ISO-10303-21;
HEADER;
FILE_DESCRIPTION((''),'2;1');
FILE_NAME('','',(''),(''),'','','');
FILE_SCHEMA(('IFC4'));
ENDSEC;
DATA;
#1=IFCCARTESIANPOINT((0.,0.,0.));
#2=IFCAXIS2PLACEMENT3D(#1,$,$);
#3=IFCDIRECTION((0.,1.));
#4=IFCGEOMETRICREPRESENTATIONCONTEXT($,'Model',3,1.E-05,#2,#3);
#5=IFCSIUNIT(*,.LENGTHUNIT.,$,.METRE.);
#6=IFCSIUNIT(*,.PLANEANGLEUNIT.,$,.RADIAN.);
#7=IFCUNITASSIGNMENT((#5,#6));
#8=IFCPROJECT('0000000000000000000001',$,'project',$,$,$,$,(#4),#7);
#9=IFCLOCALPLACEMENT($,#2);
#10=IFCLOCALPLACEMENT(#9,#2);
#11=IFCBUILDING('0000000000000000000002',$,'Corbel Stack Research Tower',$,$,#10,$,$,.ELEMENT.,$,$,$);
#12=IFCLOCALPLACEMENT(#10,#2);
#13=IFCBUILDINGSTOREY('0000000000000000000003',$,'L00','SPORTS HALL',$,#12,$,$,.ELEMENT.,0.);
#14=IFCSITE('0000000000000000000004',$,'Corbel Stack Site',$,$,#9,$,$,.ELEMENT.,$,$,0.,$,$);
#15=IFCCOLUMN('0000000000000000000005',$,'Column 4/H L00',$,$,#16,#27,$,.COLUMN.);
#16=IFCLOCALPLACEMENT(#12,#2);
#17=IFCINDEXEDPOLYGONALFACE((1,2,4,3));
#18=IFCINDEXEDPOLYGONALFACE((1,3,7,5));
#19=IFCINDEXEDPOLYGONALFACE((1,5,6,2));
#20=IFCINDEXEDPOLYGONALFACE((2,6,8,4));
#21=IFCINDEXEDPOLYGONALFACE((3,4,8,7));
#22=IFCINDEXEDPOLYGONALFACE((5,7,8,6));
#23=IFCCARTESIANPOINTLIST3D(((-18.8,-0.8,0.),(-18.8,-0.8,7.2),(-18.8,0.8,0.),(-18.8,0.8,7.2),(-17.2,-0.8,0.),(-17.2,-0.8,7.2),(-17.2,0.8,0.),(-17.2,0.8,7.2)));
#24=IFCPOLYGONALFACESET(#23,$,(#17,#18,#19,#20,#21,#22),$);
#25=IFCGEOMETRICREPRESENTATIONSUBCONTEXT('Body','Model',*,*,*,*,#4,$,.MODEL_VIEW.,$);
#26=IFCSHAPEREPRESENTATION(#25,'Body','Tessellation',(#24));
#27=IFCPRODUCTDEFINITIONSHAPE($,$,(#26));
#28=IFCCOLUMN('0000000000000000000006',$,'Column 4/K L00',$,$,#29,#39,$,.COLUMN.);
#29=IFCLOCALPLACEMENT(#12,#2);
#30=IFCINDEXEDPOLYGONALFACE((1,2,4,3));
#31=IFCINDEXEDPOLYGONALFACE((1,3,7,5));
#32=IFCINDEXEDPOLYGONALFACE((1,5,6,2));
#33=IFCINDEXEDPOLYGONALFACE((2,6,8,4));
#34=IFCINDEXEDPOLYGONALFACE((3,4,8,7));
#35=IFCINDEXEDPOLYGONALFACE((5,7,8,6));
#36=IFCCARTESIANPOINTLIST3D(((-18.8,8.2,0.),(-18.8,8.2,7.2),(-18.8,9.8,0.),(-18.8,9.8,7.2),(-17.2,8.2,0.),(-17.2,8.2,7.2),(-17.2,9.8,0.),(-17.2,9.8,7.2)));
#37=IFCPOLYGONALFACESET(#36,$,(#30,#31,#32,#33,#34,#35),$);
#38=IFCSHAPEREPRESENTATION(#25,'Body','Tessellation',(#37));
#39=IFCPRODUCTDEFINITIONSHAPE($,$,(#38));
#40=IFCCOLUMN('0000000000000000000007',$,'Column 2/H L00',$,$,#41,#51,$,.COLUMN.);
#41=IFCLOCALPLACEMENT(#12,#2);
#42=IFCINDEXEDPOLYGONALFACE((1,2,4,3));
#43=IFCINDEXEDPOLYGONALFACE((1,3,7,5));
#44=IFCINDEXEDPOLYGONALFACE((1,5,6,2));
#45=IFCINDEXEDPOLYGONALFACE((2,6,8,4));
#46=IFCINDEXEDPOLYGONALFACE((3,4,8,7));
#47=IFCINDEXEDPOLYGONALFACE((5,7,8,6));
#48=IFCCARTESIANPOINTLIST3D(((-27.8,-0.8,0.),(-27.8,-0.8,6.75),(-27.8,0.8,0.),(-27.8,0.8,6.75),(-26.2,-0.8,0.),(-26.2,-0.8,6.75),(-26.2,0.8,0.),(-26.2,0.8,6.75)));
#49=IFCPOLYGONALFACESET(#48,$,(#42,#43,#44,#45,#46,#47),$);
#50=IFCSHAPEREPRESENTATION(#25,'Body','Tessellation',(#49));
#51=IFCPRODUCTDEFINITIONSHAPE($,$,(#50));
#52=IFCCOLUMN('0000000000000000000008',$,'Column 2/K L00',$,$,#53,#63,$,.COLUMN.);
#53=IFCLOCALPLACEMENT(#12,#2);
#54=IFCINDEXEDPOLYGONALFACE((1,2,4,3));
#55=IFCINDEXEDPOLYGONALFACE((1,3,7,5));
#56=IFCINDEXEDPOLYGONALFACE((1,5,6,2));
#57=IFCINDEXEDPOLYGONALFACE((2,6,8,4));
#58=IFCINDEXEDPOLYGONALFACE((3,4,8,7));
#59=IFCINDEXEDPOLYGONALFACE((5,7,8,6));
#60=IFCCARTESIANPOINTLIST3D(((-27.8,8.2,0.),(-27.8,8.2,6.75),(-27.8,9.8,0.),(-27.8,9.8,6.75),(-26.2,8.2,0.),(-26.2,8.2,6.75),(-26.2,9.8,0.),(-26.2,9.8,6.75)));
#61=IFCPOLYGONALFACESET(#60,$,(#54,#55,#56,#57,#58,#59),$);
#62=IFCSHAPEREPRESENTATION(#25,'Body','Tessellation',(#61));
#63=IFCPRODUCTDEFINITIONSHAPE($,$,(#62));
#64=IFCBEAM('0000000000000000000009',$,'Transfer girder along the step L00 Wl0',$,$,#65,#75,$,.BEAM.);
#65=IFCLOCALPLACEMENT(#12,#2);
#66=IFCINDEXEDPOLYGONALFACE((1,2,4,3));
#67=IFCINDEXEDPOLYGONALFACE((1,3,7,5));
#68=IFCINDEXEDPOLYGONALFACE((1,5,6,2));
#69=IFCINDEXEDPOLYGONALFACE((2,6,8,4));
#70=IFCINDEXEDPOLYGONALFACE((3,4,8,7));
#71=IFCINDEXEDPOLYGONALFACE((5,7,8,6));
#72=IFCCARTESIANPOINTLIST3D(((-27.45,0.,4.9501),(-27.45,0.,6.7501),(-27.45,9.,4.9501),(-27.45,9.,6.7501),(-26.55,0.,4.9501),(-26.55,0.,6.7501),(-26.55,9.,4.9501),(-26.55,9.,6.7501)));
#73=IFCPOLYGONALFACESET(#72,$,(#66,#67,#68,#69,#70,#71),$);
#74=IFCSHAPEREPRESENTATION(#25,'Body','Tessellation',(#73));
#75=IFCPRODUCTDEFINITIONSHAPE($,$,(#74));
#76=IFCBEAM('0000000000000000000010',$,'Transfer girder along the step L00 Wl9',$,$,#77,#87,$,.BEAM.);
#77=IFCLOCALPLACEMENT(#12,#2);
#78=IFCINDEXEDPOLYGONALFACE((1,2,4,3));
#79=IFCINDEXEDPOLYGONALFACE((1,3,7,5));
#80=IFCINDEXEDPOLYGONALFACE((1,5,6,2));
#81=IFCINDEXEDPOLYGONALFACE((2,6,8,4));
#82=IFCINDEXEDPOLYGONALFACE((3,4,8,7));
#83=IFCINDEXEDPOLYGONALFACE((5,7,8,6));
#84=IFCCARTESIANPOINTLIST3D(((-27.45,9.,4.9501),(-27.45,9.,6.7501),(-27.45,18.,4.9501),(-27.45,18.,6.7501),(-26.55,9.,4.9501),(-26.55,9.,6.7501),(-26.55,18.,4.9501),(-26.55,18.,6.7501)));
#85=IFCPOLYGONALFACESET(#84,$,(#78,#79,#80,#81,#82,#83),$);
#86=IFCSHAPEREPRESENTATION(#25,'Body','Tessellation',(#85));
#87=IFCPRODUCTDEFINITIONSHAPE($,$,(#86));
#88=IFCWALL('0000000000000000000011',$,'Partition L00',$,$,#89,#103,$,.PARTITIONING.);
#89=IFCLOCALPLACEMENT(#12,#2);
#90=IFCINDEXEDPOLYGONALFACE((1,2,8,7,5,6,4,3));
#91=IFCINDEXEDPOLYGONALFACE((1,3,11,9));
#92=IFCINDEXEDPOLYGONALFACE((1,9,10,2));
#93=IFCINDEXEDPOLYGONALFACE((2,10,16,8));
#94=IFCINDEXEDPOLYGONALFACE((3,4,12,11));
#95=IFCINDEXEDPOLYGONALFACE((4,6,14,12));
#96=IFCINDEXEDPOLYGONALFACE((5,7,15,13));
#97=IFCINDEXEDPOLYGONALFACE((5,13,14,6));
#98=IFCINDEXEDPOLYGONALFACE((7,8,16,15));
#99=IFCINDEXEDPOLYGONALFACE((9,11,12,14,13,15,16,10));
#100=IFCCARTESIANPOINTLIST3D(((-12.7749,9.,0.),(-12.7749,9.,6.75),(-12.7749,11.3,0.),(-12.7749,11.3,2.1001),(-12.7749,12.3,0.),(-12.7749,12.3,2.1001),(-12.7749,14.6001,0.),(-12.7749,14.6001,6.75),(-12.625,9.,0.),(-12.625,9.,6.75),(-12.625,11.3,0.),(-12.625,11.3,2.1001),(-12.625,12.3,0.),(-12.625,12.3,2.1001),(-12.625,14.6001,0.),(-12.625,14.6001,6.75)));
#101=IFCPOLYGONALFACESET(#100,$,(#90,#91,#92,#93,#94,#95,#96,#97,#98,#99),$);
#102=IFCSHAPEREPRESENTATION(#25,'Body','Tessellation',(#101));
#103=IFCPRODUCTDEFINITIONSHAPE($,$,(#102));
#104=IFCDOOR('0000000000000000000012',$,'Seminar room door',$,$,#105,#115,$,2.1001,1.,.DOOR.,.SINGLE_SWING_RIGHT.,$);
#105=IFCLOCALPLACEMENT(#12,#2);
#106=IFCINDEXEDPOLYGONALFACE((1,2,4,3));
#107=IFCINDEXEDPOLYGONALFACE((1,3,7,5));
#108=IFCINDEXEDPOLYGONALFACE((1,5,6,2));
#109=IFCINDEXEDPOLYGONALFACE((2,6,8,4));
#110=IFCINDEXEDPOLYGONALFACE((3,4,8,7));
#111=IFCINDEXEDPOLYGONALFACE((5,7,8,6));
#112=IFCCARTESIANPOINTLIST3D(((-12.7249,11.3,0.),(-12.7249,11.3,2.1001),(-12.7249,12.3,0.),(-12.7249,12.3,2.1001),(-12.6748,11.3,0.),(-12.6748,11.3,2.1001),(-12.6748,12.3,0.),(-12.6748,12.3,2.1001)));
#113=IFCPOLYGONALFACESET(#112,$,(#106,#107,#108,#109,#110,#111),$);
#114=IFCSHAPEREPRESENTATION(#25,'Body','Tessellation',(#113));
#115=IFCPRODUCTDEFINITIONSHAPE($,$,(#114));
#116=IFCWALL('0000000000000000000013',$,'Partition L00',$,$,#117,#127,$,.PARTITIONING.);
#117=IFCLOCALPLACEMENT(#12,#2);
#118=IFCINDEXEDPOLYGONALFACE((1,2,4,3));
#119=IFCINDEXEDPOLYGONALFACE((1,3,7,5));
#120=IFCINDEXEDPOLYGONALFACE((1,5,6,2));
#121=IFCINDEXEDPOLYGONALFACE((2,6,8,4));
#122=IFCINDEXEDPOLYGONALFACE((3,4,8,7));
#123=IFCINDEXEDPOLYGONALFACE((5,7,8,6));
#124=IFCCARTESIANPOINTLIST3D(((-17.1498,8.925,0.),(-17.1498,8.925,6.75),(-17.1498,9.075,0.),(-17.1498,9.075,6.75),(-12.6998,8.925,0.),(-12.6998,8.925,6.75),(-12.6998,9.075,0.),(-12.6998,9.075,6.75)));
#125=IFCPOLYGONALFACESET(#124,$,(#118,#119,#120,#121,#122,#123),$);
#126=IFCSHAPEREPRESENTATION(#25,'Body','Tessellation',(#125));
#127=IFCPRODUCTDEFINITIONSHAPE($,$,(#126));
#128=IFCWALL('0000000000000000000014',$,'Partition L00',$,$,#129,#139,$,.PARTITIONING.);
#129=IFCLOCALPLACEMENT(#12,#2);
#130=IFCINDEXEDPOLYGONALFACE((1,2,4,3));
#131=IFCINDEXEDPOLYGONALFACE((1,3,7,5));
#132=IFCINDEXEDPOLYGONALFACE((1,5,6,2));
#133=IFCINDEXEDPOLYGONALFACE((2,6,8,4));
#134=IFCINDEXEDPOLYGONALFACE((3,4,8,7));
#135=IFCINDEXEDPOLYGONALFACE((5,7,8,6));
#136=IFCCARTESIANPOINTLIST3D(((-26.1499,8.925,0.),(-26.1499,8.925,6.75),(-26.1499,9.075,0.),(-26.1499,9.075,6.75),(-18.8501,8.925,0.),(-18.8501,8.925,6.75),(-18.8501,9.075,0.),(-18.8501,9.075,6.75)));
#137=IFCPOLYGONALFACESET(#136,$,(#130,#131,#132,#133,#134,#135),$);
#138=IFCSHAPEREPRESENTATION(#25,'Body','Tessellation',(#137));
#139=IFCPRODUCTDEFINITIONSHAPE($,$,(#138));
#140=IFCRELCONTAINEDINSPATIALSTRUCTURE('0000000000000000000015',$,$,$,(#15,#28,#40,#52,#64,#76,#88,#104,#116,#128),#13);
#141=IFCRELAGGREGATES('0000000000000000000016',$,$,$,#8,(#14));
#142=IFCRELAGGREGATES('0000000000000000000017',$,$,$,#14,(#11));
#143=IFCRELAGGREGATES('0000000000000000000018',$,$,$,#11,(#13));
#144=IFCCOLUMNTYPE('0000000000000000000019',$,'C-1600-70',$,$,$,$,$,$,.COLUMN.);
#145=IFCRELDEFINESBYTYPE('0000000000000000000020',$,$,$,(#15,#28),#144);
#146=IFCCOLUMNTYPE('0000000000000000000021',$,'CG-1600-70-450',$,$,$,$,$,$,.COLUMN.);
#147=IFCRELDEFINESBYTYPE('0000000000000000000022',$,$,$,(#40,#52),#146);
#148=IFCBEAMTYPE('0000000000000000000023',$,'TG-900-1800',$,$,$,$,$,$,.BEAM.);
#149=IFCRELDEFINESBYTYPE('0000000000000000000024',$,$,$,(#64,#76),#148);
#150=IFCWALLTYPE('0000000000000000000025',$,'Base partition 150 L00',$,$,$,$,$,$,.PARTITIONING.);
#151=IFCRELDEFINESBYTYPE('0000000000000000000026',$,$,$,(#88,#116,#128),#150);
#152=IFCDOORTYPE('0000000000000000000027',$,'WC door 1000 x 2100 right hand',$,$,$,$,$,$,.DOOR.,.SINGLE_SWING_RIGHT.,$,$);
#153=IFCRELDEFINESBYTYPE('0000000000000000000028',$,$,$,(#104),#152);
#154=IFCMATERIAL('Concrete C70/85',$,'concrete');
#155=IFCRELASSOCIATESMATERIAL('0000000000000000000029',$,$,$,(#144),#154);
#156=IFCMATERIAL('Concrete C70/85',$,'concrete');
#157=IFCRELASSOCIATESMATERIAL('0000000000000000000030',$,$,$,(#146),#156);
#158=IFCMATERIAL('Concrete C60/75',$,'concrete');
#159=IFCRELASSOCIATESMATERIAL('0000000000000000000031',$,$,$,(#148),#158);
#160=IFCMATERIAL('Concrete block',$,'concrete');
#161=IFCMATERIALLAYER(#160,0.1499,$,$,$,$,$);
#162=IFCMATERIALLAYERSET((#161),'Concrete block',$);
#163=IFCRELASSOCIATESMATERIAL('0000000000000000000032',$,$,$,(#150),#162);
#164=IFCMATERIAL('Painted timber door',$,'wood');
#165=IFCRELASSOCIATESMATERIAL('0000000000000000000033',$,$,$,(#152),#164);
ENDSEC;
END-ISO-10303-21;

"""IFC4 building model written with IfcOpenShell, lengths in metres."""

from ifc_helpers import new_model, si_unit, direction, frame, frame_2d, origin, origin_2d, place, context, subcontext, project, spatial, rectangle, extrude, material, layer, layer_set, material_profile, profile_set, type_object, element, fill, save


model = new_model("IFC4")

# Units and contexts
model_context = context("Model", 3, precision=1e-05, world=origin(), true_north=direction((0.0, 1.0)))
body_context = subcontext(model_context, "Body", "Model", "MODEL_VIEW")
ifc_project = project(units=[si_unit("LENGTHUNIT", "METRE"), si_unit("PLANEANGLEUNIT", "RADIAN")], contexts=[model_context])

# Site, building, storey
site_placement = place(None, origin())
site = spatial("IfcSite", under=ifc_project, at=site_placement, Name="Corbel Stack Site", CompositionType="ELEMENT", RefElevation=0.0)
building_placement = place(site_placement, origin())
building = spatial("IfcBuilding", under=site, at=building_placement, Name="Corbel Stack Research Tower", CompositionType="ELEMENT")
storey_placement = place(building_placement, origin())
storey = spatial("IfcBuildingStorey", under=building, at=storey_placement, Name="L00", Description="SPORTS HALL", CompositionType="ELEMENT", Elevation=0.0)

# Columns
ifc_material_1 = material(Name="Concrete C70/85", Category="concrete")
ifc_material_profile_1 = material_profile(ifc_material_1, rectangle(XDim=1.6001, YDim=1.6001, at=origin_2d()), Name="RC 1600 x 1600")
ifc_profile_set_1 = profile_set([ifc_material_profile_1], Name="Concrete C70/85")
column_type_1 = type_object("IfcColumnType", Name="C-1600-70", PredefinedType="COLUMN", material=ifc_profile_set_1)
for number, where, z_axis, x_axis, name in (
    (1, (-18.0, 0.0, 0.0), (0.0, 0.0, 1.0), (1.0, 0.0, 0.0), "Column 4/H L00"),
    (2, (-18.0, 9.0, 0.0), (0.0, 0.0, 1.0), (1.0, 0.0, 0.0), "Column 4/K L00"),
):
    element("IfcColumn", number, at=place(storey_placement, frame(where, z_axis=z_axis, x_axis=x_axis)), inside=storey, type_object=column_type_1, Name=name, PredefinedType="COLUMN", context=body_context, shape_type="SweptSolid", body=[
        extrude(rectangle(XDim=1.6001, YDim=1.6001, at=origin_2d()), origin(), (0.0, 0.0, 1.0), 7.2),
    ])
ifc_material_2 = material(Name="Concrete C70/85", Category="concrete")
ifc_material_profile_2 = material_profile(ifc_material_2, rectangle(XDim=1.6001, YDim=1.6001, at=origin_2d()), Name="RC 1600 x 1600")
ifc_profile_set_2 = profile_set([ifc_material_profile_2], Name="Concrete C70/85")
column_type_2 = type_object("IfcColumnType", Name="CG-1600-70-450", PredefinedType="COLUMN", material=ifc_profile_set_2)
for number, where, z_axis, x_axis, name in (
    (3, (-27.0, 0.0, 0.0), (0.0, 0.0, 1.0), (1.0, 0.0, 0.0), "Column 2/H L00"),
    (4, (-27.0, 9.0, 0.0), (0.0, 0.0, 1.0), (1.0, 0.0, 0.0), "Column 2/K L00"),
):
    element("IfcColumn", number, at=place(storey_placement, frame(where, z_axis=z_axis, x_axis=x_axis)), inside=storey, type_object=column_type_2, Name=name, PredefinedType="COLUMN", context=body_context, shape_type="SweptSolid", body=[
        extrude(rectangle(XDim=1.6001, YDim=1.6001, at=origin_2d()), origin(), (0.0, 0.0, 1.0), 6.75),
    ])

# Beams
ifc_material_3 = material(Name="Concrete C60/75", Category="concrete")
ifc_material_profile_3 = material_profile(ifc_material_3, rectangle(XDim=0.8999, YDim=1.8, at=origin_2d()), Name="RC 900 x 1800")
ifc_profile_set_3 = profile_set([ifc_material_profile_3], Name="Concrete C60/75")
beam_type = type_object("IfcBeamType", Name="TG-900-1800", PredefinedType="BEAM", material=ifc_profile_set_3)
for number, where, z_axis, x_axis, name in (
    (5, (-27.0, 0.0, 5.8501), (0.0, 1.0, 0.0), (-1.0, 0.0, 0.0), "Transfer girder along the step L00 Wl0"),
    (6, (-27.0, 9.0, 5.8501), (0.0, 1.0, 0.0), (-1.0, 0.0, 0.0), "Transfer girder along the step L00 Wl9"),
):
    element("IfcBeam", number, at=place(storey_placement, frame(where, z_axis=z_axis, x_axis=x_axis)), inside=storey, type_object=beam_type, Name=name, PredefinedType="BEAM", context=body_context, shape_type="SweptSolid", body=[
        extrude(rectangle(XDim=0.8999, YDim=1.8, at=origin_2d()), origin(), (0.0, 0.0, 1.0), 9.0),
    ])

# Wall, opening, door
ifc_material_4 = material(Name="Concrete block", Category="concrete")
ifc_layer_1 = layer(ifc_material_4, 0.1499)
ifc_layer_set_1 = layer_set([ifc_layer_1], Name="Concrete block")
wall_type_1 = type_object("IfcWallType", Name="Base partition 150 L00", PredefinedType="PARTITIONING", material=ifc_layer_set_1)
wall_1_placement = place(storey_placement, frame((-12.7, 9.0, 0.0), z_axis=(0.0, 0.0, 1.0), x_axis=(0.0, 1.0, 0.0)))
wall_1 = element("IfcWall", 7, at=wall_1_placement, inside=storey, type_object=wall_type_1, Name="Partition L00", PredefinedType="PARTITIONING", context=body_context, shape_type="SweptSolid", body=[
    extrude(rectangle(XDim=5.6001, YDim=0.1499, at=frame_2d((2.8, 0.0))), origin(), (0.0, 0.0, 1.0), 6.75),
])
opening_1_placement = place(wall_1_placement, frame((2.3, 0.0, 0.0)))
opening_1 = element("IfcOpeningElement", 8, at=opening_1_placement, cuts=wall_1, PredefinedType="OPENING", context=body_context, shape_type="SweptSolid", body=[
    extrude(rectangle(XDim=1.0, YDim=2.1001, at=frame_2d((0.5, 1.05))), frame((0.0, 0.085, 0.0), z_axis=(0.0, -1.0, 0.0), x_axis=(1.0, 0.0, 0.0)), (0.0, 0.0, 1.0), 0.1699),
])
ifc_material_5 = material(Name="Painted timber door", Category="wood")
door_type_1 = type_object("IfcDoorType", Name="WC door 1000 x 2100 right hand", OperationType="SINGLE_SWING_RIGHT", PredefinedType="DOOR", material=ifc_material_5)
door_1_placement = place(opening_1_placement, origin())
door_1 = element("IfcDoor", 9, at=door_1_placement, inside=storey, type_object=door_type_1, Name="Seminar room door", OperationType="SINGLE_SWING_RIGHT", OverallHeight=2.1001, OverallWidth=1.0, PredefinedType="DOOR", context=body_context, shape_type="SweptSolid", body=[
    extrude(rectangle(XDim=1.0, YDim=2.1001, at=frame_2d((0.5, 1.05))), frame((0.0, 0.0249, 0.0), z_axis=(0.0, -1.0, 0.0), x_axis=(1.0, 0.0, 0.0)), (0.0, 0.0, 1.0), 0.05),
])
fill(opening_1, door_1)

# Walls
wall_2_placement = place(storey_placement, frame((-17.1499, 9.0, 0.0), z_axis=(0.0, 0.0, 1.0), x_axis=(1.0, 0.0, 0.0)))
element("IfcWall", 10, at=wall_2_placement, inside=storey, type_object=wall_type_1, Name="Partition L00", PredefinedType="PARTITIONING", context=body_context, shape_type="SweptSolid", body=[
    extrude(rectangle(XDim=4.45, YDim=0.1499, at=frame_2d((2.2251, 0.0))), origin(), (0.0, 0.0, 1.0), 6.75),
])
wall_3_placement = place(storey_placement, frame((-26.1499, 9.0, 0.0), z_axis=(0.0, 0.0, 1.0), x_axis=(1.0, 0.0, 0.0)))
element("IfcWall", 11, at=wall_3_placement, inside=storey, type_object=wall_type_1, Name="Partition L00", PredefinedType="PARTITIONING", context=body_context, shape_type="SweptSolid", body=[
    extrude(rectangle(XDim=7.2998, YDim=0.1499, at=frame_2d((3.6499, 0.0))), origin(), (0.0, 0.0, 1.0), 6.75),
])

save(model, "model.ifc")
